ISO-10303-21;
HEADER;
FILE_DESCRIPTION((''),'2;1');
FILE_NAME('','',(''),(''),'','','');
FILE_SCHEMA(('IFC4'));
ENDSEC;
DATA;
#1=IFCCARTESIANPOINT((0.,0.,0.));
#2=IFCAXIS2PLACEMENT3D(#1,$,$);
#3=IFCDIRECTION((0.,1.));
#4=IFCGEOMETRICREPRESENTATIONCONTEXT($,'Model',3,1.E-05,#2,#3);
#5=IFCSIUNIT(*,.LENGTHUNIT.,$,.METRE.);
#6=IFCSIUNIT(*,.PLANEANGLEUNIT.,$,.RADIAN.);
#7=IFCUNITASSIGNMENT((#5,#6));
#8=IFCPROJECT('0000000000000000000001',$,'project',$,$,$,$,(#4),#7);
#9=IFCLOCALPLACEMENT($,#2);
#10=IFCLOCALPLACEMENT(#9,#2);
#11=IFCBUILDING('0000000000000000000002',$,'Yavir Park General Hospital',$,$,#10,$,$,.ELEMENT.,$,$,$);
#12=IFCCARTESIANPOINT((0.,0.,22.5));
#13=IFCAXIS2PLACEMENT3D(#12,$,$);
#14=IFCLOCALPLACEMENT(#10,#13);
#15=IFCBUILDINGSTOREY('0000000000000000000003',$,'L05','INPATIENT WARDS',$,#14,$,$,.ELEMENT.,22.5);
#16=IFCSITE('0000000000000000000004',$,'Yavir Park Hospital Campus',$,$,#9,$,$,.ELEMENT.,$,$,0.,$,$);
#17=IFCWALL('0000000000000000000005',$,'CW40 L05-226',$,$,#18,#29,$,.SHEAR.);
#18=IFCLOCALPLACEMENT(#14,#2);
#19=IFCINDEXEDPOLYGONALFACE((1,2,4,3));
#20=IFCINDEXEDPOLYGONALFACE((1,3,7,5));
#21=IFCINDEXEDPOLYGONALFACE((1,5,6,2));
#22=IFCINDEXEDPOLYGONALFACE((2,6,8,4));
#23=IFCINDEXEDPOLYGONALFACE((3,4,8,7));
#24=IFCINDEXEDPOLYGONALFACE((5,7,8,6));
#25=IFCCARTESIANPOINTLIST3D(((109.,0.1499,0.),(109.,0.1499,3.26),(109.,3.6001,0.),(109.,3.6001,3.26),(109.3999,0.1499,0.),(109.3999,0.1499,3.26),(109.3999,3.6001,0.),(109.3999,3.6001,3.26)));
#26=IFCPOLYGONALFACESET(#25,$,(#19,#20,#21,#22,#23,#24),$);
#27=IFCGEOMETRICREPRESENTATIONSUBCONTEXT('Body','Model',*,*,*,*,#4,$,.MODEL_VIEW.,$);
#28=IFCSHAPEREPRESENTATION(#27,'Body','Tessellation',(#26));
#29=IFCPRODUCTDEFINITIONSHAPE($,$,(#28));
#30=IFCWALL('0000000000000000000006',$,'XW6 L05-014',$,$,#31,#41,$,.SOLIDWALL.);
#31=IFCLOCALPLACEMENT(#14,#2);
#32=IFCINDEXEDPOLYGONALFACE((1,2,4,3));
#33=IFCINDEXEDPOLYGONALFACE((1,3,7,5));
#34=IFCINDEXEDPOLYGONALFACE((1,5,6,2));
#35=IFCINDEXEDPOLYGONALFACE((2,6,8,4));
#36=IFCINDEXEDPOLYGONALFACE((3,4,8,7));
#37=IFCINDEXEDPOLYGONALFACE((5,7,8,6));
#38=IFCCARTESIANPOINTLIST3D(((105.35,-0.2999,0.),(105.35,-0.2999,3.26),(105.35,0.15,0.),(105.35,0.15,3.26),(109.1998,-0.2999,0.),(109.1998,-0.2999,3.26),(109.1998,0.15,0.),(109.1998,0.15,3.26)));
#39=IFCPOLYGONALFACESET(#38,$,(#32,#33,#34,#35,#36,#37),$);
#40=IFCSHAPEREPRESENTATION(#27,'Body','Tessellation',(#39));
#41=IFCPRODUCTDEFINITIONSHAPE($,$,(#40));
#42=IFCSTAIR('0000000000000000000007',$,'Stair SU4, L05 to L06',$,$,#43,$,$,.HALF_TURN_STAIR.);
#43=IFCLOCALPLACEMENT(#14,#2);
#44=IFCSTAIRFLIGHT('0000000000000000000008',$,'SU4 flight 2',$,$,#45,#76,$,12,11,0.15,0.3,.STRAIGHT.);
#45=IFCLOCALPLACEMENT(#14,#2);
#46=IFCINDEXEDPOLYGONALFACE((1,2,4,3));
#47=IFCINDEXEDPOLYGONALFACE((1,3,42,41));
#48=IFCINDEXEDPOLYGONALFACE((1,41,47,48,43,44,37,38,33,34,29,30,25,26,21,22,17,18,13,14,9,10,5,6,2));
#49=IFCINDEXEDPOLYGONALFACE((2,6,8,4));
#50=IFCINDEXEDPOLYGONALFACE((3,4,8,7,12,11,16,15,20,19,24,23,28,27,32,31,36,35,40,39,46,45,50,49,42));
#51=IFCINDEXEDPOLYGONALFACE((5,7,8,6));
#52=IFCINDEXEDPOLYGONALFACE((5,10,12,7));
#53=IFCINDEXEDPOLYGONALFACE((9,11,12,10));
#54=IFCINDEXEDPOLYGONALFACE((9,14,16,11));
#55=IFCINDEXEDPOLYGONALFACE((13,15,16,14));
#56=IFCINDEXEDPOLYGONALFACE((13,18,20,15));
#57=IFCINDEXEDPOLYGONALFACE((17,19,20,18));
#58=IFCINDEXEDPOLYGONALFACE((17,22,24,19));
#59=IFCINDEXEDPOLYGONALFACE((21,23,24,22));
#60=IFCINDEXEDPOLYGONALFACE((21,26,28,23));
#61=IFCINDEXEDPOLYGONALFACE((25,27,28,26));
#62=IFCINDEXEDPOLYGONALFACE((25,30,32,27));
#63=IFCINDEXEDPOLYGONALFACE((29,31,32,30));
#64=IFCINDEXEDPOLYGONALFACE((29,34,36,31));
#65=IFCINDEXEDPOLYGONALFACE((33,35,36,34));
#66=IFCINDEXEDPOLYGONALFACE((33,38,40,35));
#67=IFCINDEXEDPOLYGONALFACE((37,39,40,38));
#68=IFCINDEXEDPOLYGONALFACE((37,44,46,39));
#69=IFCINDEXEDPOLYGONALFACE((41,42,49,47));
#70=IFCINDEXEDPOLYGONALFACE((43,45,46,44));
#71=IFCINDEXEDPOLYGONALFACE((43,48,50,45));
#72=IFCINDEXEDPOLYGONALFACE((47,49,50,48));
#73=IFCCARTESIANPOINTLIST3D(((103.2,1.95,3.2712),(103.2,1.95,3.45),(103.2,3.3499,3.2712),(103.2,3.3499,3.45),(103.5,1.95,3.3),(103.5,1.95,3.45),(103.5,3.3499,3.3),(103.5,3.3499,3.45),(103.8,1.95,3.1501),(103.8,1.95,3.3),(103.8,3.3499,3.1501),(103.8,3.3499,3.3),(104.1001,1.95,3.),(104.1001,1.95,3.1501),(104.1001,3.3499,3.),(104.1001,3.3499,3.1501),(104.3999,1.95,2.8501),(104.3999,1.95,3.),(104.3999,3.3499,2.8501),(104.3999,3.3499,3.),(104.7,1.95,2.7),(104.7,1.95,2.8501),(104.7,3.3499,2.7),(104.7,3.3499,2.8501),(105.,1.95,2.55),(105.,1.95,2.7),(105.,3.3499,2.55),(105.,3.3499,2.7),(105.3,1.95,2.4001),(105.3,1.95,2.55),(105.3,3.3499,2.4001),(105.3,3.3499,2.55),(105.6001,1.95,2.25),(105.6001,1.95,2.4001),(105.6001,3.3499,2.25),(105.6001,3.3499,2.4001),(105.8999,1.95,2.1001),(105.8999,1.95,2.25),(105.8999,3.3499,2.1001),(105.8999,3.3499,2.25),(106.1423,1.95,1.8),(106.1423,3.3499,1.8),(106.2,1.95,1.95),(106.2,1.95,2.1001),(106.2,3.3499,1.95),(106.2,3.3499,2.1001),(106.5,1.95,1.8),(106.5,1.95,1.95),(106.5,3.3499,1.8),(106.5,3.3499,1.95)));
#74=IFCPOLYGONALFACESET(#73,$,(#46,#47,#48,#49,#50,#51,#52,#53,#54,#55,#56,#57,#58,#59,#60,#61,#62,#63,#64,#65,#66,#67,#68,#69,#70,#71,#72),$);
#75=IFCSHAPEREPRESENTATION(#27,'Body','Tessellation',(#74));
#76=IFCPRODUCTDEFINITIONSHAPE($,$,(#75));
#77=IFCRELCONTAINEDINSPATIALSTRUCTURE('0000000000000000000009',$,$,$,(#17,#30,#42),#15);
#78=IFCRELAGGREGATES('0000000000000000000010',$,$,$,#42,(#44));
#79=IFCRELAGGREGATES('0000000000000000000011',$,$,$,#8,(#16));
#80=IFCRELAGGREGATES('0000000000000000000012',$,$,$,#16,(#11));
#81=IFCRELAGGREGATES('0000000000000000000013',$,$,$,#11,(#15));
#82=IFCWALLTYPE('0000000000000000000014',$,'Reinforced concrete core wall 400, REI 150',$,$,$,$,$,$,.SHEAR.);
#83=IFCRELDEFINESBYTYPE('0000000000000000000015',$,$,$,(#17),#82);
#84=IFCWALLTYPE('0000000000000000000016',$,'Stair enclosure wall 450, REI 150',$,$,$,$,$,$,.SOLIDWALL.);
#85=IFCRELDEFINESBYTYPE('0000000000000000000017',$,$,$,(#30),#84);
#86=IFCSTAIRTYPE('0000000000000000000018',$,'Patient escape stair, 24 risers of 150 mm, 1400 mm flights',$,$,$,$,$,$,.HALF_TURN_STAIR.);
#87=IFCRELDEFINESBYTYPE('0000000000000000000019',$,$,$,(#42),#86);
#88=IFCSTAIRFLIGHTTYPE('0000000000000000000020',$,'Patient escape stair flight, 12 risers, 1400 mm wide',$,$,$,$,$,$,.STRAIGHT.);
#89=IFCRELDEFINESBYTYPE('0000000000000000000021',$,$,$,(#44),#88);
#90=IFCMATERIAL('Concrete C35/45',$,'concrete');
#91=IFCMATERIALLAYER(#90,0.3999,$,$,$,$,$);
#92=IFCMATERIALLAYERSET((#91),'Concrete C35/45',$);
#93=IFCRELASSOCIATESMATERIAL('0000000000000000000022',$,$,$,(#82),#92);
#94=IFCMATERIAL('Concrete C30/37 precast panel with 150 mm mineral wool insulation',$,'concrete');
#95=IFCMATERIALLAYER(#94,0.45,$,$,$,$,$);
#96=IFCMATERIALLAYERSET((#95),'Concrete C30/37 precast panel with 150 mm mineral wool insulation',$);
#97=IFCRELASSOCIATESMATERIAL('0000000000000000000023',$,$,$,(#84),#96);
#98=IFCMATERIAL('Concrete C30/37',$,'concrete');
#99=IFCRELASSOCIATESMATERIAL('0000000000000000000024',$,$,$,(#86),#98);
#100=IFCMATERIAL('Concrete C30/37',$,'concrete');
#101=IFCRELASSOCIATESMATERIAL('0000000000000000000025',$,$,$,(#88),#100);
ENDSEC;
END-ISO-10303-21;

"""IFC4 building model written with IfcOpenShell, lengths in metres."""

from ifc_helpers import new_model, si_unit, direction, frame, frame_2d, origin, place, context, subcontext, project, spatial, polyline, rectangle, outline, extrude, material, layer, layer_set, type_object, element, aggregate, save


model = new_model("IFC4")

# Units and contexts
model_context = context("Model", 3, precision=1e-05, world=origin(), true_north=direction((0.0, 1.0)))
body_context = subcontext(model_context, "Body", "Model", "MODEL_VIEW")
ifc_project = project(units=[si_unit("LENGTHUNIT", "METRE"), si_unit("PLANEANGLEUNIT", "RADIAN")], contexts=[model_context])

# Site, building, storey
site_placement = place(None, origin())
site = spatial("IfcSite", under=ifc_project, at=site_placement, Name="Yavir Park Hospital Campus", CompositionType="ELEMENT", RefElevation=0.0)
building_placement = place(site_placement, origin())
building = spatial("IfcBuilding", under=site, at=building_placement, Name="Yavir Park General Hospital", CompositionType="ELEMENT")
storey_placement = place(building_placement, frame((0.0, 0.0, 22.5)))
storey = spatial("IfcBuildingStorey", under=building, at=storey_placement, Name="L05", Description="INPATIENT WARDS", CompositionType="ELEMENT", Elevation=22.5)

# Walls
ifc_material_1 = material(Name="Concrete C35/45", Category="concrete")
ifc_layer_1 = layer(ifc_material_1, 0.3999)
ifc_layer_set_1 = layer_set([ifc_layer_1], Name="Concrete C35/45")
wall_type_1 = type_object("IfcWallType", Name="Reinforced concrete core wall 400, REI 150", PredefinedType="SHEAR", material=ifc_layer_set_1)
wall_1_placement = place(storey_placement, frame((109.2, 0.1499, 0.0), z_axis=(0.0, 0.0, 1.0), x_axis=(0.0, 1.0, 0.0)))
element("IfcWall", 1, at=wall_1_placement, inside=storey, type_object=wall_type_1, Name="CW40 L05-226", PredefinedType="SHEAR", context=body_context, shape_type="SweptSolid", body=[
    extrude(rectangle(XDim=3.4502, YDim=0.3999, at=frame_2d((1.7251, 0.0))), origin(), (0.0, 0.0, 1.0), 3.26),
])
ifc_material_2 = material(Name="Concrete C30/37 precast panel with 150 mm mineral wool insulation", Category="concrete")
ifc_layer_2 = layer(ifc_material_2, 0.45)
ifc_layer_set_2 = layer_set([ifc_layer_2], Name="Concrete C30/37 precast panel with 150 mm mineral wool insulation")
wall_type_2 = type_object("IfcWallType", Name="Stair enclosure wall 450, REI 150", PredefinedType="SOLIDWALL", material=ifc_layer_set_2)
wall_2_placement = place(storey_placement, frame((105.3501, -0.075, 0.0), z_axis=(0.0, 0.0, 1.0), x_axis=(1.0, 0.0, 0.0)))
element("IfcWall", 2, at=wall_2_placement, inside=storey, type_object=wall_type_2, Name="XW6 L05-014", PredefinedType="SOLIDWALL", context=body_context, shape_type="SweptSolid", body=[
    extrude(rectangle(XDim=3.8499, YDim=0.45, at=frame_2d((1.9248, 0.0))), origin(), (0.0, 0.0, 1.0), 3.26),
])

# Stair, stair flight
ifc_material_3 = material(Name="Concrete C30/37", Category="concrete")
stair_type = type_object("IfcStairType", Name="Patient escape stair, 24 risers of 150 mm, 1400 mm flights", PredefinedType="HALF_TURN_STAIR", material=ifc_material_3)
stair_placement = place(storey_placement, origin())
stair = element("IfcStair", 3, at=stair_placement, inside=storey, type_object=stair_type, Name="Stair SU4, L05 to L06", PredefinedType="HALF_TURN_STAIR")
ifc_material_4 = material(Name="Concrete C30/37", Category="concrete")
stair_flight_type = type_object("IfcStairFlightType", Name="Patient escape stair flight, 12 risers, 1400 mm wide", PredefinedType="STRAIGHT", material=ifc_material_4)
stair_flight_placement = place(storey_placement, frame((106.5, 2.6499, 1.8), z_axis=(0.0, 0.0, 1.0), x_axis=(-1.0, 0.0, 0.0)))
stair_flight = element("IfcStairFlight", 4, at=stair_flight_placement, type_object=stair_flight_type, Name="SU4 flight 2", NumberOfRisers=12, NumberOfTreads=11, PredefinedType="STRAIGHT", RiserHeight=0.15, TreadLength=0.3, context=body_context, shape_type="SweptSolid", body=[
    extrude(outline(polyline([(0.0, 0.0), (0.0, 0.1499), (0.3, 0.1499), (0.3, 0.3), (0.6001, 0.3), (0.6001, 0.45), (0.8999, 0.45), (0.8999, 0.6001), (1.2, 0.6001), (1.2, 0.75), (1.5, 0.75), (1.5, 0.8999), (1.8, 0.8999), (1.8, 1.05), (2.1001, 1.05), (2.1001, 1.2), (2.3999, 1.2), (2.3999, 1.3501), (2.7, 1.3501), (2.7, 1.5), (3.0, 1.5), (3.0, 1.6499), (3.3, 1.6499), (3.3, 1.8), (3.3, 1.4712), (0.3577, 0.0), (0.0, 0.0)])), frame((0.0, 0.7, 0.0), z_axis=(0.0, -1.0, 0.0), x_axis=(1.0, 0.0, 0.0)), (0.0, 0.0, 1.0), 1.3999),
])
aggregate(stair, [stair_flight])

save(model, "model.ifc")
